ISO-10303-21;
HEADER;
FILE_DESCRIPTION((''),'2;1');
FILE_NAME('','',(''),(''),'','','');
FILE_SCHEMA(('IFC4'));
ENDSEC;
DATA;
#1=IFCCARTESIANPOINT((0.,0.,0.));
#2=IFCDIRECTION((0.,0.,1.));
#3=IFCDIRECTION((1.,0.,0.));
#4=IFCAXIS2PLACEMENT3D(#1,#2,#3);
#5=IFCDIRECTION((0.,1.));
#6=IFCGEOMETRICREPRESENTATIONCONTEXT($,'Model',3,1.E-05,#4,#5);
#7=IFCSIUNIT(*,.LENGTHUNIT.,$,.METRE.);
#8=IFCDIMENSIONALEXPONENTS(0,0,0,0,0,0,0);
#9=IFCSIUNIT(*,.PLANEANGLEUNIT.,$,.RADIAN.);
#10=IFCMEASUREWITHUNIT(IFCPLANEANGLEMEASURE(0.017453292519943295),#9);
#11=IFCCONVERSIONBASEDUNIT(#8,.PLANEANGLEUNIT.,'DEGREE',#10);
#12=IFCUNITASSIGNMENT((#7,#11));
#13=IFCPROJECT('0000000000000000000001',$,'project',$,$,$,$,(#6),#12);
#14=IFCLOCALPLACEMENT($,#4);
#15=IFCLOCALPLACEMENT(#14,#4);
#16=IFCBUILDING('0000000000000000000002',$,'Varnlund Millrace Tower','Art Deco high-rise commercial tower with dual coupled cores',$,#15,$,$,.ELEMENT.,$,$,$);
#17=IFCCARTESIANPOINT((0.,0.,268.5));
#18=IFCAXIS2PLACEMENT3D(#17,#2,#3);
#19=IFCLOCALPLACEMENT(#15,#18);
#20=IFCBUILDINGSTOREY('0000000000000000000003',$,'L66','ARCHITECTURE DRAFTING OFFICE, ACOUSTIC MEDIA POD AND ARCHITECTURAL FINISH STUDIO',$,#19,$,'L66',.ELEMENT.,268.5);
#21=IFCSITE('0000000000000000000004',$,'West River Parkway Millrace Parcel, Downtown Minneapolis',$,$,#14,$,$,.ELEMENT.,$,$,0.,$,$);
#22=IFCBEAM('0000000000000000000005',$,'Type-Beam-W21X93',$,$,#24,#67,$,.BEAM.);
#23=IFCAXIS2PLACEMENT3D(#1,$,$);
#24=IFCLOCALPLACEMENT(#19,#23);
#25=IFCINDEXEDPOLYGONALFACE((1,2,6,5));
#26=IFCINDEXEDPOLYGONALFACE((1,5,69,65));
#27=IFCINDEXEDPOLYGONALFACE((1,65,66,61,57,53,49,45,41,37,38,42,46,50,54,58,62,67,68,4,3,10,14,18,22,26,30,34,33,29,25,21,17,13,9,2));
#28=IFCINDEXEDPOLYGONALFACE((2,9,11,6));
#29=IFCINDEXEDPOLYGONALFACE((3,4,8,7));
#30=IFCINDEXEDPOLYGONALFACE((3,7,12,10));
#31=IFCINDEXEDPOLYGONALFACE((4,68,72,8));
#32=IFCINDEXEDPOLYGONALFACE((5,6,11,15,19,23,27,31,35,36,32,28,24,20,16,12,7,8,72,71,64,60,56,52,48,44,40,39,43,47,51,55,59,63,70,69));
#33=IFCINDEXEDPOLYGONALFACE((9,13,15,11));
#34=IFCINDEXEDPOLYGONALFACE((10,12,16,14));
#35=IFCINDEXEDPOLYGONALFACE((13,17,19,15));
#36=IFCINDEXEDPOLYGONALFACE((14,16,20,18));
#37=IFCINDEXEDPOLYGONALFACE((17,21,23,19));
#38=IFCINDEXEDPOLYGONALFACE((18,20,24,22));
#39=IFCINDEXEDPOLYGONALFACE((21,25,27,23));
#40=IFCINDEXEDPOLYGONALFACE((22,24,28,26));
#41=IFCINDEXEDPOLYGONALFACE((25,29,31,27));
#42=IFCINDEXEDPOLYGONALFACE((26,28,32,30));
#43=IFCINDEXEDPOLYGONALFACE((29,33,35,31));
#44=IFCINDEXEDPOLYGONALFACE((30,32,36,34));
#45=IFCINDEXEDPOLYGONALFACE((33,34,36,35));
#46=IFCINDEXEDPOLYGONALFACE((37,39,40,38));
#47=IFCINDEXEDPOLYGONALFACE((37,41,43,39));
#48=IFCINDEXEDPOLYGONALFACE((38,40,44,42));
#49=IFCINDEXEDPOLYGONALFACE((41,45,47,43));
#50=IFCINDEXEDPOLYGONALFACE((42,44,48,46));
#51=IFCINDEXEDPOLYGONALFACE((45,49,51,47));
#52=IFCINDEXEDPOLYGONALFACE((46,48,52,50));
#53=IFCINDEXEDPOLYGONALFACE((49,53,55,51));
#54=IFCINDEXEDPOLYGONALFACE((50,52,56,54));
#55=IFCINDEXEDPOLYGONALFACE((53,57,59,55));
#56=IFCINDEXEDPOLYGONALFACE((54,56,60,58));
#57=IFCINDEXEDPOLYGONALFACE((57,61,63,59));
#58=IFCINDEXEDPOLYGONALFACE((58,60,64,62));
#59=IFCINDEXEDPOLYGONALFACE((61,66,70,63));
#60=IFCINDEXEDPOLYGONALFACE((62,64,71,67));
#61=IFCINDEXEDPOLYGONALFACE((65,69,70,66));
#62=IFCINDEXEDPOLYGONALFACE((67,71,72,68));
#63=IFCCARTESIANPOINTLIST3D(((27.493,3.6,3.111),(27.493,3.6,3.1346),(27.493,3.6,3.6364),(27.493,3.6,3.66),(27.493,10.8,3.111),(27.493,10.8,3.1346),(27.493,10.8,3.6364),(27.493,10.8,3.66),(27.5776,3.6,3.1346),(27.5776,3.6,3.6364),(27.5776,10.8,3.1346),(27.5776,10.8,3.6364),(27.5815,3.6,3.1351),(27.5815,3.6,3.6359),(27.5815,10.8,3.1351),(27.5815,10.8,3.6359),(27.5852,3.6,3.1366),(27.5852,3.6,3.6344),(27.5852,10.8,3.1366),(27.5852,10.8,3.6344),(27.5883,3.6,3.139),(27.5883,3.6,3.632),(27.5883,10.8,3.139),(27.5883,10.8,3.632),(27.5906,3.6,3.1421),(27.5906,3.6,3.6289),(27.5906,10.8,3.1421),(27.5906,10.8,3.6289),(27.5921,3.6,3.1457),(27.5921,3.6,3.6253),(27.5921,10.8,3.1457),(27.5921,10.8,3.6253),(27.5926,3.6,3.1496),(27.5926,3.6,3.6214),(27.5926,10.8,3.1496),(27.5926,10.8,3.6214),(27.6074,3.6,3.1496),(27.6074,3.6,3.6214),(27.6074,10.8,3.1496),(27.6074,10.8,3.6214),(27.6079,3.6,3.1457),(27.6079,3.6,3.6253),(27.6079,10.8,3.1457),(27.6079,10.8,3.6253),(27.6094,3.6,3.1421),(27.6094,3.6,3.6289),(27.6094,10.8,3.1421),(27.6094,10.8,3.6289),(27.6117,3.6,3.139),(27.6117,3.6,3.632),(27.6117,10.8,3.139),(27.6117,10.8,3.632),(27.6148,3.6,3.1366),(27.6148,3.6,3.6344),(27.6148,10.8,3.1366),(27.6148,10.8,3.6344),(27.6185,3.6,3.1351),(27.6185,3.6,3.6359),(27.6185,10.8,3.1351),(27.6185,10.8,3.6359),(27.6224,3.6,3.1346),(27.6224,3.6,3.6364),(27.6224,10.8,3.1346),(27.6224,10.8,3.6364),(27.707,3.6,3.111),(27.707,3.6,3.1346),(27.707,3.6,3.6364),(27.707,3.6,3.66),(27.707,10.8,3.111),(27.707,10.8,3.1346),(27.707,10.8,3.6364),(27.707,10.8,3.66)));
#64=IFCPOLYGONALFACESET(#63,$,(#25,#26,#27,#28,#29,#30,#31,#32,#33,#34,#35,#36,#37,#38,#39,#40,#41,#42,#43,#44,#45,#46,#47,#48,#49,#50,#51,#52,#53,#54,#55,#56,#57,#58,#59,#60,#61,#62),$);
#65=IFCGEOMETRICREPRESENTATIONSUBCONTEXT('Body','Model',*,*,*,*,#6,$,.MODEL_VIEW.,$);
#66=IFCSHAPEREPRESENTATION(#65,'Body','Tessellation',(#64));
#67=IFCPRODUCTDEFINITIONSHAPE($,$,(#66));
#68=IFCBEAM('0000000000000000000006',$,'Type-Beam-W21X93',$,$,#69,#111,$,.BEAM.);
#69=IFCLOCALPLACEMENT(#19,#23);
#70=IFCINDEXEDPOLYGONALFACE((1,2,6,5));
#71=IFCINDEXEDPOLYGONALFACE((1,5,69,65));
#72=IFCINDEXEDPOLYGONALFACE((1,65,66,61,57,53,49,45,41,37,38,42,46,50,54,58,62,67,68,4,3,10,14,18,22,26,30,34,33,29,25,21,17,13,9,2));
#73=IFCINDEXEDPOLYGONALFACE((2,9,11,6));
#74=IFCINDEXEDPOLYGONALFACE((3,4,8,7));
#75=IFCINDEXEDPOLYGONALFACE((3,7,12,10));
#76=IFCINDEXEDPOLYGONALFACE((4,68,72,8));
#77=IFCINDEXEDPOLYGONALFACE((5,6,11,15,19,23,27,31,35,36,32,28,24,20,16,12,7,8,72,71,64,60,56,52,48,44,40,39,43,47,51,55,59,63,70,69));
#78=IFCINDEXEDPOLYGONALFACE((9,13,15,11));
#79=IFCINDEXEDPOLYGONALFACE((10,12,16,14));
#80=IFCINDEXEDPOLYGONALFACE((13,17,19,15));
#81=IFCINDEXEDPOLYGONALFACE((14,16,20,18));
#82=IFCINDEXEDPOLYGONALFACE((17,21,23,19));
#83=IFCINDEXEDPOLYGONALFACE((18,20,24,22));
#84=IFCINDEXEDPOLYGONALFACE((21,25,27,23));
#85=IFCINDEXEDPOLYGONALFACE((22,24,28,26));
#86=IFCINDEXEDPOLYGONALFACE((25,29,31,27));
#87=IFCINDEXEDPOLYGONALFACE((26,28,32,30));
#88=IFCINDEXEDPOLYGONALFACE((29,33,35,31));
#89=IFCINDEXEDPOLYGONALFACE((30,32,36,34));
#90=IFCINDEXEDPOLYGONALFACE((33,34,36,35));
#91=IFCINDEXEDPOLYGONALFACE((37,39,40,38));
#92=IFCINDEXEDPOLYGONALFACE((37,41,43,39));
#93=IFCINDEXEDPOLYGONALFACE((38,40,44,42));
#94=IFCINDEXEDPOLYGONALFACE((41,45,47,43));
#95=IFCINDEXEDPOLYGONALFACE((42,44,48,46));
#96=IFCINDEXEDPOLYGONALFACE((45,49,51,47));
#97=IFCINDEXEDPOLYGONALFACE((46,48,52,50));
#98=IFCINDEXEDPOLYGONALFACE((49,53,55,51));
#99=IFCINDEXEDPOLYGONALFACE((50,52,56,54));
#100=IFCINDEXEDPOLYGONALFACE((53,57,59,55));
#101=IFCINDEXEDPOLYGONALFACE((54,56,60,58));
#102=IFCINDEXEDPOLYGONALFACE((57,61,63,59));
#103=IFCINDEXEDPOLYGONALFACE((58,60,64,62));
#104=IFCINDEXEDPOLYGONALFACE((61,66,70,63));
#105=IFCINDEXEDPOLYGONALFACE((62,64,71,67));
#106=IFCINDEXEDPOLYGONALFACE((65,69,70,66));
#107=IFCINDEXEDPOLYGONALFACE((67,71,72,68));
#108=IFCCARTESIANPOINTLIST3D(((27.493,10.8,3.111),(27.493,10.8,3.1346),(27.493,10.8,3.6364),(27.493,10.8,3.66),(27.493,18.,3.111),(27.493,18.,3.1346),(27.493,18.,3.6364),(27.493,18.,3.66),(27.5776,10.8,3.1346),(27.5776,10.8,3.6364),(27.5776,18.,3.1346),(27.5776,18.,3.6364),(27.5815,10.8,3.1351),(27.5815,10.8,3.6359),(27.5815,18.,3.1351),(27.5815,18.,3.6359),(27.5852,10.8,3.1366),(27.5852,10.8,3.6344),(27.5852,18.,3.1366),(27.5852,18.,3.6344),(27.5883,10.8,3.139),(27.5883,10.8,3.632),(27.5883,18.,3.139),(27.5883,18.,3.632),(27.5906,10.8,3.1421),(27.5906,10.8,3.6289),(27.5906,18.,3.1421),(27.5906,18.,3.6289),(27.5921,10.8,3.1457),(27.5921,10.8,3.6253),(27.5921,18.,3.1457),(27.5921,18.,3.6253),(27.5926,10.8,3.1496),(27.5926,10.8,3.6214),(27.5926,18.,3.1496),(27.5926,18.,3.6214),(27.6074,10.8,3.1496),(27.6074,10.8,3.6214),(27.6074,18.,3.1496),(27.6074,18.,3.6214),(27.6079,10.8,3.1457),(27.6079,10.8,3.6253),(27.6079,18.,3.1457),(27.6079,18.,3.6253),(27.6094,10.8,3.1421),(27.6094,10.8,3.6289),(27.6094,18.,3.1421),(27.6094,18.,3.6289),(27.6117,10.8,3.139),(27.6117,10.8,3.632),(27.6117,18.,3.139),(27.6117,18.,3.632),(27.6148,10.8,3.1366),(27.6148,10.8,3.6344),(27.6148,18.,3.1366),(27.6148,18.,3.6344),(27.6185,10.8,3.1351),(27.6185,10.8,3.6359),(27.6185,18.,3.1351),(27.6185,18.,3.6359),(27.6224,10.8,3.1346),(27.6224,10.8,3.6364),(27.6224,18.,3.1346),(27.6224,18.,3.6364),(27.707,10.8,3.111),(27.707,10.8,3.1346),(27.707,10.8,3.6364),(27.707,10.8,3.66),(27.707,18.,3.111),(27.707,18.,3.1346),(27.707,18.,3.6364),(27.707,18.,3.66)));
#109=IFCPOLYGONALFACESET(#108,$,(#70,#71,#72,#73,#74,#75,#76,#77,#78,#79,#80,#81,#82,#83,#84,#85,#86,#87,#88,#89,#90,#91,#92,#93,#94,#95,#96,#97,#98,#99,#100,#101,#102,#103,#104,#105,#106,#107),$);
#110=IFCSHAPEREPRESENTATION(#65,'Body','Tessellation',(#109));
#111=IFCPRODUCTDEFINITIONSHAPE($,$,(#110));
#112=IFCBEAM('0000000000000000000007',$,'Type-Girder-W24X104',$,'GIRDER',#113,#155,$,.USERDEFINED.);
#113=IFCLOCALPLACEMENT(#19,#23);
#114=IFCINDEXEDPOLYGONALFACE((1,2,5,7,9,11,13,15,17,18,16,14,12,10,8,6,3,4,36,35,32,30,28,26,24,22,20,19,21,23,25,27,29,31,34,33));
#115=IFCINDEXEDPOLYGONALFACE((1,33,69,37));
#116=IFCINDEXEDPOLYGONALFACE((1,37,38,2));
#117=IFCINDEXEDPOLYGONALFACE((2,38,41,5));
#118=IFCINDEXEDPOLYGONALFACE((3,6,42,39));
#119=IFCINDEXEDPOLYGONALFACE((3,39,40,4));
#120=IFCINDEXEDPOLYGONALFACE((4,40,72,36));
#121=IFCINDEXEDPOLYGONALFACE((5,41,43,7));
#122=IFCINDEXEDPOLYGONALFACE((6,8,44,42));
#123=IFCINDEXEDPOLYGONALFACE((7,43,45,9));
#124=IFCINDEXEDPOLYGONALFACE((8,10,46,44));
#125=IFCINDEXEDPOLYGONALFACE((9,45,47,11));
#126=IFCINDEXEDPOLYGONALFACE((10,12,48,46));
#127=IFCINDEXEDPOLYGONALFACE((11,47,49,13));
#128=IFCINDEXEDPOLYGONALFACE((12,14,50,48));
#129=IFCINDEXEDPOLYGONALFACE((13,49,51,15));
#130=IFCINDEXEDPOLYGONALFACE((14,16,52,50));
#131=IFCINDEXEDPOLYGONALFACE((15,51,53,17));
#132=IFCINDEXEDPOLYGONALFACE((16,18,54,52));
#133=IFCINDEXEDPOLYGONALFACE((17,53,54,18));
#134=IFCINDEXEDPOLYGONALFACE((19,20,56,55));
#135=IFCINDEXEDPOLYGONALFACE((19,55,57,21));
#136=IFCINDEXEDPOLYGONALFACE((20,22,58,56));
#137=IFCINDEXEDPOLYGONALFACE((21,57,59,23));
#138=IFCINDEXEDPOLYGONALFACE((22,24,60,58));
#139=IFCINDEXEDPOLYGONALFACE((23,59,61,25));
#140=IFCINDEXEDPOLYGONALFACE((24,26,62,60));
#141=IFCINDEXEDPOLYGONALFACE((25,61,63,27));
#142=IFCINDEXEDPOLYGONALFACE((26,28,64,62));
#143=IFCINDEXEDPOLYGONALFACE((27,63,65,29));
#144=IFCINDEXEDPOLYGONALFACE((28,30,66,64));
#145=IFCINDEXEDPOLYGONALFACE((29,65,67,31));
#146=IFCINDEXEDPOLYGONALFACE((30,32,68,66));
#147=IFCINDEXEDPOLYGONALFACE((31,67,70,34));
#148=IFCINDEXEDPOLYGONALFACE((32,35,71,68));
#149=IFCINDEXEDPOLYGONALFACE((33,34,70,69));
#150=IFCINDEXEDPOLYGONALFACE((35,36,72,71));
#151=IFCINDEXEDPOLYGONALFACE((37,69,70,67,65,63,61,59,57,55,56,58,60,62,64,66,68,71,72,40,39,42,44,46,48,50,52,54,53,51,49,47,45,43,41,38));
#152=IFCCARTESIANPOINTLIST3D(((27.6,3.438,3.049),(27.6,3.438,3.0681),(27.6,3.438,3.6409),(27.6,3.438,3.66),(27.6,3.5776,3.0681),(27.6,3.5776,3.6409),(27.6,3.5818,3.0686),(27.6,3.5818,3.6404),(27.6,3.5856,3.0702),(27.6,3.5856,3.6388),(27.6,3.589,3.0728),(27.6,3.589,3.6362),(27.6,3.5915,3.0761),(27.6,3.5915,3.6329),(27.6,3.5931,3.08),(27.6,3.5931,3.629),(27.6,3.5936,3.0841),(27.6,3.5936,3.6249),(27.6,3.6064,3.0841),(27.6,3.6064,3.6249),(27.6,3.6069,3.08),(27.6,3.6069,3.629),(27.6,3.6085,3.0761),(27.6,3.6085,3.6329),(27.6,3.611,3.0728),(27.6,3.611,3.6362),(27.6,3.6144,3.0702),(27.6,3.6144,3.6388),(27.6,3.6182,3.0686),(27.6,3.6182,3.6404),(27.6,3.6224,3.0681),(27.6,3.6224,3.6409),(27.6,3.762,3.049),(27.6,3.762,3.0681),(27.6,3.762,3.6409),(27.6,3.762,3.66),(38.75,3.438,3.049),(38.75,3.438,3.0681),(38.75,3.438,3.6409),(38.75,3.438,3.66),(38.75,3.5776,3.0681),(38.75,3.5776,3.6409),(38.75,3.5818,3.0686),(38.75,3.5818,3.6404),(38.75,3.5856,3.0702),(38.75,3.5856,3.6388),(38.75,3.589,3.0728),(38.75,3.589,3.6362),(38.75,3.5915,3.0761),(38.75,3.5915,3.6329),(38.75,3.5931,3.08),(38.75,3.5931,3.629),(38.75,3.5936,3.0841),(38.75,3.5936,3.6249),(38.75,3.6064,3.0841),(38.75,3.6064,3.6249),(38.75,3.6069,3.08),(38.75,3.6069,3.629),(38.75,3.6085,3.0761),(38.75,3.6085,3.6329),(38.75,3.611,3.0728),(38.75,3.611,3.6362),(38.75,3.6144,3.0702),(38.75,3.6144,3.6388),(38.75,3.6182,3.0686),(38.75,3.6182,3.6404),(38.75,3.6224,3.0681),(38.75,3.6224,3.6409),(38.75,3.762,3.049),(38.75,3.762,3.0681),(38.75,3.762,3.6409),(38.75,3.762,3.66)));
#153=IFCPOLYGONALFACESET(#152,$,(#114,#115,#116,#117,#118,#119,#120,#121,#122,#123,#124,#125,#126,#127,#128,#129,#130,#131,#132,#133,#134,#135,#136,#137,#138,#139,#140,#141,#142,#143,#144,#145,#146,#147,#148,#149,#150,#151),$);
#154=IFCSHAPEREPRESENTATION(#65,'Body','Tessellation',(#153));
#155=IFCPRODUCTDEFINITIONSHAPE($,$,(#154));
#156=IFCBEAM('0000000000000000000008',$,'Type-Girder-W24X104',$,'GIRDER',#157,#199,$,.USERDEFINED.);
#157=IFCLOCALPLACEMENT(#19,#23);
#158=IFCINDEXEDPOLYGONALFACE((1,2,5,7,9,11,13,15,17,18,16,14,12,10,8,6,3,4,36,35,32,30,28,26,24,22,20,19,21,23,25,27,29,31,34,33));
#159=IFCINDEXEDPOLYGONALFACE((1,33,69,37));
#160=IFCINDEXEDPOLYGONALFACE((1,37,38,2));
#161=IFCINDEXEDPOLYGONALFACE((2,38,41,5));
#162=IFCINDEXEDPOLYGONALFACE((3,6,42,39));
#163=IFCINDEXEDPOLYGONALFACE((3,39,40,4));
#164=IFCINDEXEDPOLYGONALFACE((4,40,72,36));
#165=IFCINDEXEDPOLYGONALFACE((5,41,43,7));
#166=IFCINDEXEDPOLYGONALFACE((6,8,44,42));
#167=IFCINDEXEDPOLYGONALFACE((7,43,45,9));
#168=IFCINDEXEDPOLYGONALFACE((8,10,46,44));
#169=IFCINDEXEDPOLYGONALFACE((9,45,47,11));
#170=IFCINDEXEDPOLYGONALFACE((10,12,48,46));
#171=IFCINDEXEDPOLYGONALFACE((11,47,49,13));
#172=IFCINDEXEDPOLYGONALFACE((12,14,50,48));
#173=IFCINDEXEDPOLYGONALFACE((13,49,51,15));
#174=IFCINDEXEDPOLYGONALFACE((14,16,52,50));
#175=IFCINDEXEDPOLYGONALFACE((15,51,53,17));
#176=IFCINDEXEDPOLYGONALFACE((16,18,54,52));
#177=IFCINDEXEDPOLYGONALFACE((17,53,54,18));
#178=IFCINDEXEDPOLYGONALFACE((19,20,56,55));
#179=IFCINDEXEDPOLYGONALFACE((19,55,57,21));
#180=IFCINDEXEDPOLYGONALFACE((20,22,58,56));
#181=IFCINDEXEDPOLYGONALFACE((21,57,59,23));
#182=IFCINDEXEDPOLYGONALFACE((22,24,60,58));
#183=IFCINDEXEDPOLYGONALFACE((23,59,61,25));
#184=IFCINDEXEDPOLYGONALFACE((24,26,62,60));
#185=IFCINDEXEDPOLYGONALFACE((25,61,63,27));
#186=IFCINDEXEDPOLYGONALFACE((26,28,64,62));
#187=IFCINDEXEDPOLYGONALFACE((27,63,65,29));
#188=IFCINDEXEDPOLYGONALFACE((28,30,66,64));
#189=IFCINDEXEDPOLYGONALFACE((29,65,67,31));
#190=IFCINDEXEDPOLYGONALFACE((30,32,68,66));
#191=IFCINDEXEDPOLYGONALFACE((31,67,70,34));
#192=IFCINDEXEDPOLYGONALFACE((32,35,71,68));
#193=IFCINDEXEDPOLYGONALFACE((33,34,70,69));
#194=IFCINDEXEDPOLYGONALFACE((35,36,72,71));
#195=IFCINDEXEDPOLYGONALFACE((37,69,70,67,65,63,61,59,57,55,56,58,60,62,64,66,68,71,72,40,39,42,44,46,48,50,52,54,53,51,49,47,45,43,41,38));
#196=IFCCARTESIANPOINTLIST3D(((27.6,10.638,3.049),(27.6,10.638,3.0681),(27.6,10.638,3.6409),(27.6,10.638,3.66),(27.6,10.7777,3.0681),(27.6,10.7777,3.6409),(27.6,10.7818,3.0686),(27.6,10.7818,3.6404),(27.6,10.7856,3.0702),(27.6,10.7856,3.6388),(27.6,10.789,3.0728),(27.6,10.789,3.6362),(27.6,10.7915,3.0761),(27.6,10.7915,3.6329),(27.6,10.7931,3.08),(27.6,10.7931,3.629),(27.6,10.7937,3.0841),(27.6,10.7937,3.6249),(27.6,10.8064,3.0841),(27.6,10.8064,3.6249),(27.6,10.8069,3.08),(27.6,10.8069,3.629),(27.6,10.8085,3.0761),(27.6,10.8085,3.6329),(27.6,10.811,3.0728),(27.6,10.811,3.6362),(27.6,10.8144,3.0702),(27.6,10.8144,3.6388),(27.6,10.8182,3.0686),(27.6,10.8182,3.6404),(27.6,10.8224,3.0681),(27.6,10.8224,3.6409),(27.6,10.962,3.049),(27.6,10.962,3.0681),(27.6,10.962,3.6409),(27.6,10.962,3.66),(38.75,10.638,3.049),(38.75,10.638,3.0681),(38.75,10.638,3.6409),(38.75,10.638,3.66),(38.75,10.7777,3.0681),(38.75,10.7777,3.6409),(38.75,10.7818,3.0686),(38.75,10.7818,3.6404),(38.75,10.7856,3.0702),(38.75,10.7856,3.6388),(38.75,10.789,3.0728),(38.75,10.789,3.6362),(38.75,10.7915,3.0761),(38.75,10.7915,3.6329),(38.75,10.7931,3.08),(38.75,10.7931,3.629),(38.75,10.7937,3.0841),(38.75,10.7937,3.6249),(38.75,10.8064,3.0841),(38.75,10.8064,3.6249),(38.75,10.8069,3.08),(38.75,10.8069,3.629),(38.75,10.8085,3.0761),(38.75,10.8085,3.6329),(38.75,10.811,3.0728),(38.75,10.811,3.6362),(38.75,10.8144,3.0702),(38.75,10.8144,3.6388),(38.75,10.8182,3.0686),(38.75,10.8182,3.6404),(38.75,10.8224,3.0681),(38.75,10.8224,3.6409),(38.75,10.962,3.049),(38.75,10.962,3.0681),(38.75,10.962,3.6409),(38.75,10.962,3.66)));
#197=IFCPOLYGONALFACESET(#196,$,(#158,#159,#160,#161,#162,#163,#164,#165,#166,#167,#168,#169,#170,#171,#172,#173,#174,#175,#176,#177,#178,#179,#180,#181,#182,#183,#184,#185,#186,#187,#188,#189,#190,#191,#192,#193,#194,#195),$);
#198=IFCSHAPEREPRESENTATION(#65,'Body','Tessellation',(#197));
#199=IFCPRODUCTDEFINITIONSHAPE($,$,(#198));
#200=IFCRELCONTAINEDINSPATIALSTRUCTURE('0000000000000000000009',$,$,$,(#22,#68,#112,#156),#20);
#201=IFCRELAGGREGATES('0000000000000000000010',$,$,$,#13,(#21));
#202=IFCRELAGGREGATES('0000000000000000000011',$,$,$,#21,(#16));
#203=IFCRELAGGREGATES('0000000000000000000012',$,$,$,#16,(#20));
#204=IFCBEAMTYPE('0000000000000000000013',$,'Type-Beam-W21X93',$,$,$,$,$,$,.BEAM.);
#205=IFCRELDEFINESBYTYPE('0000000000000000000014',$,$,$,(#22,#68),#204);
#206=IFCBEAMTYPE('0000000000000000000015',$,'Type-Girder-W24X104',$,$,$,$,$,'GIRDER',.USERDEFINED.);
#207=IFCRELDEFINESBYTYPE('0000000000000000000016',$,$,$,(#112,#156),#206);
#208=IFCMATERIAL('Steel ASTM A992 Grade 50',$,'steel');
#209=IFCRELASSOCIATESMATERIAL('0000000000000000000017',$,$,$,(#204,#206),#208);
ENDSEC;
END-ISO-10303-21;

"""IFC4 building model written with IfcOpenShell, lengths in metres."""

from ifc_helpers import new_model, entity, si_unit, converted_unit, direction, frame, origin_with_axes, origin_2d_with_axis, place, context, subcontext, project, spatial, i_section, extrude, material, material_profile, profile_set, type_object, element, save


model = new_model("IFC4")

# Units and contexts
model_context = context("Model", 3, precision=1e-05, world=origin_with_axes(), true_north=direction((0.0, 1.0)))
body_context = subcontext(model_context, "Body", "Model", "MODEL_VIEW")
ifc_project = project(units=[si_unit("LENGTHUNIT", "METRE"), converted_unit("PLANEANGLEUNIT", "DEGREE", entity("IfcPlaneAngleMeasure", 0.017453292519943295), si_unit("PLANEANGLEUNIT", "RADIAN"), dimensions=[0, 0, 0, 0, 0, 0, 0])], contexts=[model_context])

# Site, building, storey
site_placement = place(None, origin_with_axes())
site = spatial("IfcSite", under=ifc_project, at=site_placement, Name="West River Parkway Millrace Parcel, Downtown Minneapolis", CompositionType="ELEMENT", RefElevation=0.0)
building_placement = place(site_placement, origin_with_axes())
building = spatial("IfcBuilding", under=site, at=building_placement, Name="Varnlund Millrace Tower", Description="Art Deco high-rise commercial tower with dual coupled cores", CompositionType="ELEMENT")
storey_placement = place(building_placement, frame((0.0, 0.0, 268.5), z_axis=(0.0, 0.0, 1.0), x_axis=(1.0, 0.0, 0.0)))
storey = spatial("IfcBuildingStorey", under=building, at=storey_placement, Name="L66", Description="ARCHITECTURE DRAFTING OFFICE, ACOUSTIC MEDIA POD AND ARCHITECTURAL FINISH STUDIO", LongName="L66", CompositionType="ELEMENT", Elevation=268.5)

# Beams
ifc_material_1 = material(Name="Steel ASTM A992 Grade 50", Category="steel")
ifc_material_profile_1 = material_profile(ifc_material_1, i_section(OverallWidth=0.214, OverallDepth=0.549, WebThickness=0.0147, FlangeThickness=0.0236, FilletRadius=0.015, at=origin_2d_with_axis()), Name="Steel ASTM A992 Grade 50")
ifc_profile_set_1 = profile_set([ifc_material_profile_1], Name="Steel ASTM A992 Grade 50")
beam_type_1 = type_object("IfcBeamType", Name="Type-Beam-W21X93", PredefinedType="BEAM", material=ifc_profile_set_1)
for number, where, z_axis, x_axis, name in (
    (1, (27.6, 3.6, 3.3855), (0.0, 1.0, 0.0), (-1.0, 0.0, 0.0), "Type-Beam-W21X93"),
    (2, (27.6, 10.8, 3.3855), (0.0, 1.0, 0.0), (-1.0, 0.0, 0.0), "Type-Beam-W21X93"),
):
    element("IfcBeam", number, at=place(storey_placement, frame(where, z_axis=z_axis, x_axis=x_axis)), inside=storey, type_object=beam_type_1, Name=name, PredefinedType="BEAM", context=body_context, shape_type="SweptSolid", body=[
        extrude(i_section(OverallWidth=0.214, OverallDepth=0.549, WebThickness=0.0147, FlangeThickness=0.0236, FilletRadius=0.015, at=origin_2d_with_axis()), origin_with_axes(), (0.0, 0.0, 1.0), 7.2),
    ])
ifc_material_profile_2 = material_profile(ifc_material_1, i_section(OverallWidth=0.324, OverallDepth=0.611, WebThickness=0.0127, FlangeThickness=0.0191, FilletRadius=0.016, at=origin_2d_with_axis()), Name="Steel ASTM A992 Grade 50")
ifc_profile_set_2 = profile_set([ifc_material_profile_2], Name="Steel ASTM A992 Grade 50")
beam_type_2 = type_object("IfcBeamType", Name="Type-Girder-W24X104", ElementType="GIRDER", PredefinedType="USERDEFINED", material=ifc_profile_set_2)
for number, where, z_axis, x_axis, name in (
    (3, (27.6, 3.6, 3.3545), (1.0, 0.0, 0.0), (0.0, 1.0, 0.0), "Type-Girder-W24X104"),
    (4, (27.6, 10.8, 3.3545), (1.0, 0.0, 0.0), (0.0, 1.0, 0.0), "Type-Girder-W24X104"),
):
    element("IfcBeam", number, at=place(storey_placement, frame(where, z_axis=z_axis, x_axis=x_axis)), inside=storey, type_object=beam_type_2, Name=name, ObjectType="GIRDER", PredefinedType="USERDEFINED", context=body_context, shape_type="SweptSolid", body=[
        extrude(i_section(OverallWidth=0.324, OverallDepth=0.611, WebThickness=0.0127, FlangeThickness=0.0191, FilletRadius=0.016, at=origin_2d_with_axis()), origin_with_axes(), (0.0, 0.0, 1.0), 11.15),
    ])

save(model, "model.ifc")
